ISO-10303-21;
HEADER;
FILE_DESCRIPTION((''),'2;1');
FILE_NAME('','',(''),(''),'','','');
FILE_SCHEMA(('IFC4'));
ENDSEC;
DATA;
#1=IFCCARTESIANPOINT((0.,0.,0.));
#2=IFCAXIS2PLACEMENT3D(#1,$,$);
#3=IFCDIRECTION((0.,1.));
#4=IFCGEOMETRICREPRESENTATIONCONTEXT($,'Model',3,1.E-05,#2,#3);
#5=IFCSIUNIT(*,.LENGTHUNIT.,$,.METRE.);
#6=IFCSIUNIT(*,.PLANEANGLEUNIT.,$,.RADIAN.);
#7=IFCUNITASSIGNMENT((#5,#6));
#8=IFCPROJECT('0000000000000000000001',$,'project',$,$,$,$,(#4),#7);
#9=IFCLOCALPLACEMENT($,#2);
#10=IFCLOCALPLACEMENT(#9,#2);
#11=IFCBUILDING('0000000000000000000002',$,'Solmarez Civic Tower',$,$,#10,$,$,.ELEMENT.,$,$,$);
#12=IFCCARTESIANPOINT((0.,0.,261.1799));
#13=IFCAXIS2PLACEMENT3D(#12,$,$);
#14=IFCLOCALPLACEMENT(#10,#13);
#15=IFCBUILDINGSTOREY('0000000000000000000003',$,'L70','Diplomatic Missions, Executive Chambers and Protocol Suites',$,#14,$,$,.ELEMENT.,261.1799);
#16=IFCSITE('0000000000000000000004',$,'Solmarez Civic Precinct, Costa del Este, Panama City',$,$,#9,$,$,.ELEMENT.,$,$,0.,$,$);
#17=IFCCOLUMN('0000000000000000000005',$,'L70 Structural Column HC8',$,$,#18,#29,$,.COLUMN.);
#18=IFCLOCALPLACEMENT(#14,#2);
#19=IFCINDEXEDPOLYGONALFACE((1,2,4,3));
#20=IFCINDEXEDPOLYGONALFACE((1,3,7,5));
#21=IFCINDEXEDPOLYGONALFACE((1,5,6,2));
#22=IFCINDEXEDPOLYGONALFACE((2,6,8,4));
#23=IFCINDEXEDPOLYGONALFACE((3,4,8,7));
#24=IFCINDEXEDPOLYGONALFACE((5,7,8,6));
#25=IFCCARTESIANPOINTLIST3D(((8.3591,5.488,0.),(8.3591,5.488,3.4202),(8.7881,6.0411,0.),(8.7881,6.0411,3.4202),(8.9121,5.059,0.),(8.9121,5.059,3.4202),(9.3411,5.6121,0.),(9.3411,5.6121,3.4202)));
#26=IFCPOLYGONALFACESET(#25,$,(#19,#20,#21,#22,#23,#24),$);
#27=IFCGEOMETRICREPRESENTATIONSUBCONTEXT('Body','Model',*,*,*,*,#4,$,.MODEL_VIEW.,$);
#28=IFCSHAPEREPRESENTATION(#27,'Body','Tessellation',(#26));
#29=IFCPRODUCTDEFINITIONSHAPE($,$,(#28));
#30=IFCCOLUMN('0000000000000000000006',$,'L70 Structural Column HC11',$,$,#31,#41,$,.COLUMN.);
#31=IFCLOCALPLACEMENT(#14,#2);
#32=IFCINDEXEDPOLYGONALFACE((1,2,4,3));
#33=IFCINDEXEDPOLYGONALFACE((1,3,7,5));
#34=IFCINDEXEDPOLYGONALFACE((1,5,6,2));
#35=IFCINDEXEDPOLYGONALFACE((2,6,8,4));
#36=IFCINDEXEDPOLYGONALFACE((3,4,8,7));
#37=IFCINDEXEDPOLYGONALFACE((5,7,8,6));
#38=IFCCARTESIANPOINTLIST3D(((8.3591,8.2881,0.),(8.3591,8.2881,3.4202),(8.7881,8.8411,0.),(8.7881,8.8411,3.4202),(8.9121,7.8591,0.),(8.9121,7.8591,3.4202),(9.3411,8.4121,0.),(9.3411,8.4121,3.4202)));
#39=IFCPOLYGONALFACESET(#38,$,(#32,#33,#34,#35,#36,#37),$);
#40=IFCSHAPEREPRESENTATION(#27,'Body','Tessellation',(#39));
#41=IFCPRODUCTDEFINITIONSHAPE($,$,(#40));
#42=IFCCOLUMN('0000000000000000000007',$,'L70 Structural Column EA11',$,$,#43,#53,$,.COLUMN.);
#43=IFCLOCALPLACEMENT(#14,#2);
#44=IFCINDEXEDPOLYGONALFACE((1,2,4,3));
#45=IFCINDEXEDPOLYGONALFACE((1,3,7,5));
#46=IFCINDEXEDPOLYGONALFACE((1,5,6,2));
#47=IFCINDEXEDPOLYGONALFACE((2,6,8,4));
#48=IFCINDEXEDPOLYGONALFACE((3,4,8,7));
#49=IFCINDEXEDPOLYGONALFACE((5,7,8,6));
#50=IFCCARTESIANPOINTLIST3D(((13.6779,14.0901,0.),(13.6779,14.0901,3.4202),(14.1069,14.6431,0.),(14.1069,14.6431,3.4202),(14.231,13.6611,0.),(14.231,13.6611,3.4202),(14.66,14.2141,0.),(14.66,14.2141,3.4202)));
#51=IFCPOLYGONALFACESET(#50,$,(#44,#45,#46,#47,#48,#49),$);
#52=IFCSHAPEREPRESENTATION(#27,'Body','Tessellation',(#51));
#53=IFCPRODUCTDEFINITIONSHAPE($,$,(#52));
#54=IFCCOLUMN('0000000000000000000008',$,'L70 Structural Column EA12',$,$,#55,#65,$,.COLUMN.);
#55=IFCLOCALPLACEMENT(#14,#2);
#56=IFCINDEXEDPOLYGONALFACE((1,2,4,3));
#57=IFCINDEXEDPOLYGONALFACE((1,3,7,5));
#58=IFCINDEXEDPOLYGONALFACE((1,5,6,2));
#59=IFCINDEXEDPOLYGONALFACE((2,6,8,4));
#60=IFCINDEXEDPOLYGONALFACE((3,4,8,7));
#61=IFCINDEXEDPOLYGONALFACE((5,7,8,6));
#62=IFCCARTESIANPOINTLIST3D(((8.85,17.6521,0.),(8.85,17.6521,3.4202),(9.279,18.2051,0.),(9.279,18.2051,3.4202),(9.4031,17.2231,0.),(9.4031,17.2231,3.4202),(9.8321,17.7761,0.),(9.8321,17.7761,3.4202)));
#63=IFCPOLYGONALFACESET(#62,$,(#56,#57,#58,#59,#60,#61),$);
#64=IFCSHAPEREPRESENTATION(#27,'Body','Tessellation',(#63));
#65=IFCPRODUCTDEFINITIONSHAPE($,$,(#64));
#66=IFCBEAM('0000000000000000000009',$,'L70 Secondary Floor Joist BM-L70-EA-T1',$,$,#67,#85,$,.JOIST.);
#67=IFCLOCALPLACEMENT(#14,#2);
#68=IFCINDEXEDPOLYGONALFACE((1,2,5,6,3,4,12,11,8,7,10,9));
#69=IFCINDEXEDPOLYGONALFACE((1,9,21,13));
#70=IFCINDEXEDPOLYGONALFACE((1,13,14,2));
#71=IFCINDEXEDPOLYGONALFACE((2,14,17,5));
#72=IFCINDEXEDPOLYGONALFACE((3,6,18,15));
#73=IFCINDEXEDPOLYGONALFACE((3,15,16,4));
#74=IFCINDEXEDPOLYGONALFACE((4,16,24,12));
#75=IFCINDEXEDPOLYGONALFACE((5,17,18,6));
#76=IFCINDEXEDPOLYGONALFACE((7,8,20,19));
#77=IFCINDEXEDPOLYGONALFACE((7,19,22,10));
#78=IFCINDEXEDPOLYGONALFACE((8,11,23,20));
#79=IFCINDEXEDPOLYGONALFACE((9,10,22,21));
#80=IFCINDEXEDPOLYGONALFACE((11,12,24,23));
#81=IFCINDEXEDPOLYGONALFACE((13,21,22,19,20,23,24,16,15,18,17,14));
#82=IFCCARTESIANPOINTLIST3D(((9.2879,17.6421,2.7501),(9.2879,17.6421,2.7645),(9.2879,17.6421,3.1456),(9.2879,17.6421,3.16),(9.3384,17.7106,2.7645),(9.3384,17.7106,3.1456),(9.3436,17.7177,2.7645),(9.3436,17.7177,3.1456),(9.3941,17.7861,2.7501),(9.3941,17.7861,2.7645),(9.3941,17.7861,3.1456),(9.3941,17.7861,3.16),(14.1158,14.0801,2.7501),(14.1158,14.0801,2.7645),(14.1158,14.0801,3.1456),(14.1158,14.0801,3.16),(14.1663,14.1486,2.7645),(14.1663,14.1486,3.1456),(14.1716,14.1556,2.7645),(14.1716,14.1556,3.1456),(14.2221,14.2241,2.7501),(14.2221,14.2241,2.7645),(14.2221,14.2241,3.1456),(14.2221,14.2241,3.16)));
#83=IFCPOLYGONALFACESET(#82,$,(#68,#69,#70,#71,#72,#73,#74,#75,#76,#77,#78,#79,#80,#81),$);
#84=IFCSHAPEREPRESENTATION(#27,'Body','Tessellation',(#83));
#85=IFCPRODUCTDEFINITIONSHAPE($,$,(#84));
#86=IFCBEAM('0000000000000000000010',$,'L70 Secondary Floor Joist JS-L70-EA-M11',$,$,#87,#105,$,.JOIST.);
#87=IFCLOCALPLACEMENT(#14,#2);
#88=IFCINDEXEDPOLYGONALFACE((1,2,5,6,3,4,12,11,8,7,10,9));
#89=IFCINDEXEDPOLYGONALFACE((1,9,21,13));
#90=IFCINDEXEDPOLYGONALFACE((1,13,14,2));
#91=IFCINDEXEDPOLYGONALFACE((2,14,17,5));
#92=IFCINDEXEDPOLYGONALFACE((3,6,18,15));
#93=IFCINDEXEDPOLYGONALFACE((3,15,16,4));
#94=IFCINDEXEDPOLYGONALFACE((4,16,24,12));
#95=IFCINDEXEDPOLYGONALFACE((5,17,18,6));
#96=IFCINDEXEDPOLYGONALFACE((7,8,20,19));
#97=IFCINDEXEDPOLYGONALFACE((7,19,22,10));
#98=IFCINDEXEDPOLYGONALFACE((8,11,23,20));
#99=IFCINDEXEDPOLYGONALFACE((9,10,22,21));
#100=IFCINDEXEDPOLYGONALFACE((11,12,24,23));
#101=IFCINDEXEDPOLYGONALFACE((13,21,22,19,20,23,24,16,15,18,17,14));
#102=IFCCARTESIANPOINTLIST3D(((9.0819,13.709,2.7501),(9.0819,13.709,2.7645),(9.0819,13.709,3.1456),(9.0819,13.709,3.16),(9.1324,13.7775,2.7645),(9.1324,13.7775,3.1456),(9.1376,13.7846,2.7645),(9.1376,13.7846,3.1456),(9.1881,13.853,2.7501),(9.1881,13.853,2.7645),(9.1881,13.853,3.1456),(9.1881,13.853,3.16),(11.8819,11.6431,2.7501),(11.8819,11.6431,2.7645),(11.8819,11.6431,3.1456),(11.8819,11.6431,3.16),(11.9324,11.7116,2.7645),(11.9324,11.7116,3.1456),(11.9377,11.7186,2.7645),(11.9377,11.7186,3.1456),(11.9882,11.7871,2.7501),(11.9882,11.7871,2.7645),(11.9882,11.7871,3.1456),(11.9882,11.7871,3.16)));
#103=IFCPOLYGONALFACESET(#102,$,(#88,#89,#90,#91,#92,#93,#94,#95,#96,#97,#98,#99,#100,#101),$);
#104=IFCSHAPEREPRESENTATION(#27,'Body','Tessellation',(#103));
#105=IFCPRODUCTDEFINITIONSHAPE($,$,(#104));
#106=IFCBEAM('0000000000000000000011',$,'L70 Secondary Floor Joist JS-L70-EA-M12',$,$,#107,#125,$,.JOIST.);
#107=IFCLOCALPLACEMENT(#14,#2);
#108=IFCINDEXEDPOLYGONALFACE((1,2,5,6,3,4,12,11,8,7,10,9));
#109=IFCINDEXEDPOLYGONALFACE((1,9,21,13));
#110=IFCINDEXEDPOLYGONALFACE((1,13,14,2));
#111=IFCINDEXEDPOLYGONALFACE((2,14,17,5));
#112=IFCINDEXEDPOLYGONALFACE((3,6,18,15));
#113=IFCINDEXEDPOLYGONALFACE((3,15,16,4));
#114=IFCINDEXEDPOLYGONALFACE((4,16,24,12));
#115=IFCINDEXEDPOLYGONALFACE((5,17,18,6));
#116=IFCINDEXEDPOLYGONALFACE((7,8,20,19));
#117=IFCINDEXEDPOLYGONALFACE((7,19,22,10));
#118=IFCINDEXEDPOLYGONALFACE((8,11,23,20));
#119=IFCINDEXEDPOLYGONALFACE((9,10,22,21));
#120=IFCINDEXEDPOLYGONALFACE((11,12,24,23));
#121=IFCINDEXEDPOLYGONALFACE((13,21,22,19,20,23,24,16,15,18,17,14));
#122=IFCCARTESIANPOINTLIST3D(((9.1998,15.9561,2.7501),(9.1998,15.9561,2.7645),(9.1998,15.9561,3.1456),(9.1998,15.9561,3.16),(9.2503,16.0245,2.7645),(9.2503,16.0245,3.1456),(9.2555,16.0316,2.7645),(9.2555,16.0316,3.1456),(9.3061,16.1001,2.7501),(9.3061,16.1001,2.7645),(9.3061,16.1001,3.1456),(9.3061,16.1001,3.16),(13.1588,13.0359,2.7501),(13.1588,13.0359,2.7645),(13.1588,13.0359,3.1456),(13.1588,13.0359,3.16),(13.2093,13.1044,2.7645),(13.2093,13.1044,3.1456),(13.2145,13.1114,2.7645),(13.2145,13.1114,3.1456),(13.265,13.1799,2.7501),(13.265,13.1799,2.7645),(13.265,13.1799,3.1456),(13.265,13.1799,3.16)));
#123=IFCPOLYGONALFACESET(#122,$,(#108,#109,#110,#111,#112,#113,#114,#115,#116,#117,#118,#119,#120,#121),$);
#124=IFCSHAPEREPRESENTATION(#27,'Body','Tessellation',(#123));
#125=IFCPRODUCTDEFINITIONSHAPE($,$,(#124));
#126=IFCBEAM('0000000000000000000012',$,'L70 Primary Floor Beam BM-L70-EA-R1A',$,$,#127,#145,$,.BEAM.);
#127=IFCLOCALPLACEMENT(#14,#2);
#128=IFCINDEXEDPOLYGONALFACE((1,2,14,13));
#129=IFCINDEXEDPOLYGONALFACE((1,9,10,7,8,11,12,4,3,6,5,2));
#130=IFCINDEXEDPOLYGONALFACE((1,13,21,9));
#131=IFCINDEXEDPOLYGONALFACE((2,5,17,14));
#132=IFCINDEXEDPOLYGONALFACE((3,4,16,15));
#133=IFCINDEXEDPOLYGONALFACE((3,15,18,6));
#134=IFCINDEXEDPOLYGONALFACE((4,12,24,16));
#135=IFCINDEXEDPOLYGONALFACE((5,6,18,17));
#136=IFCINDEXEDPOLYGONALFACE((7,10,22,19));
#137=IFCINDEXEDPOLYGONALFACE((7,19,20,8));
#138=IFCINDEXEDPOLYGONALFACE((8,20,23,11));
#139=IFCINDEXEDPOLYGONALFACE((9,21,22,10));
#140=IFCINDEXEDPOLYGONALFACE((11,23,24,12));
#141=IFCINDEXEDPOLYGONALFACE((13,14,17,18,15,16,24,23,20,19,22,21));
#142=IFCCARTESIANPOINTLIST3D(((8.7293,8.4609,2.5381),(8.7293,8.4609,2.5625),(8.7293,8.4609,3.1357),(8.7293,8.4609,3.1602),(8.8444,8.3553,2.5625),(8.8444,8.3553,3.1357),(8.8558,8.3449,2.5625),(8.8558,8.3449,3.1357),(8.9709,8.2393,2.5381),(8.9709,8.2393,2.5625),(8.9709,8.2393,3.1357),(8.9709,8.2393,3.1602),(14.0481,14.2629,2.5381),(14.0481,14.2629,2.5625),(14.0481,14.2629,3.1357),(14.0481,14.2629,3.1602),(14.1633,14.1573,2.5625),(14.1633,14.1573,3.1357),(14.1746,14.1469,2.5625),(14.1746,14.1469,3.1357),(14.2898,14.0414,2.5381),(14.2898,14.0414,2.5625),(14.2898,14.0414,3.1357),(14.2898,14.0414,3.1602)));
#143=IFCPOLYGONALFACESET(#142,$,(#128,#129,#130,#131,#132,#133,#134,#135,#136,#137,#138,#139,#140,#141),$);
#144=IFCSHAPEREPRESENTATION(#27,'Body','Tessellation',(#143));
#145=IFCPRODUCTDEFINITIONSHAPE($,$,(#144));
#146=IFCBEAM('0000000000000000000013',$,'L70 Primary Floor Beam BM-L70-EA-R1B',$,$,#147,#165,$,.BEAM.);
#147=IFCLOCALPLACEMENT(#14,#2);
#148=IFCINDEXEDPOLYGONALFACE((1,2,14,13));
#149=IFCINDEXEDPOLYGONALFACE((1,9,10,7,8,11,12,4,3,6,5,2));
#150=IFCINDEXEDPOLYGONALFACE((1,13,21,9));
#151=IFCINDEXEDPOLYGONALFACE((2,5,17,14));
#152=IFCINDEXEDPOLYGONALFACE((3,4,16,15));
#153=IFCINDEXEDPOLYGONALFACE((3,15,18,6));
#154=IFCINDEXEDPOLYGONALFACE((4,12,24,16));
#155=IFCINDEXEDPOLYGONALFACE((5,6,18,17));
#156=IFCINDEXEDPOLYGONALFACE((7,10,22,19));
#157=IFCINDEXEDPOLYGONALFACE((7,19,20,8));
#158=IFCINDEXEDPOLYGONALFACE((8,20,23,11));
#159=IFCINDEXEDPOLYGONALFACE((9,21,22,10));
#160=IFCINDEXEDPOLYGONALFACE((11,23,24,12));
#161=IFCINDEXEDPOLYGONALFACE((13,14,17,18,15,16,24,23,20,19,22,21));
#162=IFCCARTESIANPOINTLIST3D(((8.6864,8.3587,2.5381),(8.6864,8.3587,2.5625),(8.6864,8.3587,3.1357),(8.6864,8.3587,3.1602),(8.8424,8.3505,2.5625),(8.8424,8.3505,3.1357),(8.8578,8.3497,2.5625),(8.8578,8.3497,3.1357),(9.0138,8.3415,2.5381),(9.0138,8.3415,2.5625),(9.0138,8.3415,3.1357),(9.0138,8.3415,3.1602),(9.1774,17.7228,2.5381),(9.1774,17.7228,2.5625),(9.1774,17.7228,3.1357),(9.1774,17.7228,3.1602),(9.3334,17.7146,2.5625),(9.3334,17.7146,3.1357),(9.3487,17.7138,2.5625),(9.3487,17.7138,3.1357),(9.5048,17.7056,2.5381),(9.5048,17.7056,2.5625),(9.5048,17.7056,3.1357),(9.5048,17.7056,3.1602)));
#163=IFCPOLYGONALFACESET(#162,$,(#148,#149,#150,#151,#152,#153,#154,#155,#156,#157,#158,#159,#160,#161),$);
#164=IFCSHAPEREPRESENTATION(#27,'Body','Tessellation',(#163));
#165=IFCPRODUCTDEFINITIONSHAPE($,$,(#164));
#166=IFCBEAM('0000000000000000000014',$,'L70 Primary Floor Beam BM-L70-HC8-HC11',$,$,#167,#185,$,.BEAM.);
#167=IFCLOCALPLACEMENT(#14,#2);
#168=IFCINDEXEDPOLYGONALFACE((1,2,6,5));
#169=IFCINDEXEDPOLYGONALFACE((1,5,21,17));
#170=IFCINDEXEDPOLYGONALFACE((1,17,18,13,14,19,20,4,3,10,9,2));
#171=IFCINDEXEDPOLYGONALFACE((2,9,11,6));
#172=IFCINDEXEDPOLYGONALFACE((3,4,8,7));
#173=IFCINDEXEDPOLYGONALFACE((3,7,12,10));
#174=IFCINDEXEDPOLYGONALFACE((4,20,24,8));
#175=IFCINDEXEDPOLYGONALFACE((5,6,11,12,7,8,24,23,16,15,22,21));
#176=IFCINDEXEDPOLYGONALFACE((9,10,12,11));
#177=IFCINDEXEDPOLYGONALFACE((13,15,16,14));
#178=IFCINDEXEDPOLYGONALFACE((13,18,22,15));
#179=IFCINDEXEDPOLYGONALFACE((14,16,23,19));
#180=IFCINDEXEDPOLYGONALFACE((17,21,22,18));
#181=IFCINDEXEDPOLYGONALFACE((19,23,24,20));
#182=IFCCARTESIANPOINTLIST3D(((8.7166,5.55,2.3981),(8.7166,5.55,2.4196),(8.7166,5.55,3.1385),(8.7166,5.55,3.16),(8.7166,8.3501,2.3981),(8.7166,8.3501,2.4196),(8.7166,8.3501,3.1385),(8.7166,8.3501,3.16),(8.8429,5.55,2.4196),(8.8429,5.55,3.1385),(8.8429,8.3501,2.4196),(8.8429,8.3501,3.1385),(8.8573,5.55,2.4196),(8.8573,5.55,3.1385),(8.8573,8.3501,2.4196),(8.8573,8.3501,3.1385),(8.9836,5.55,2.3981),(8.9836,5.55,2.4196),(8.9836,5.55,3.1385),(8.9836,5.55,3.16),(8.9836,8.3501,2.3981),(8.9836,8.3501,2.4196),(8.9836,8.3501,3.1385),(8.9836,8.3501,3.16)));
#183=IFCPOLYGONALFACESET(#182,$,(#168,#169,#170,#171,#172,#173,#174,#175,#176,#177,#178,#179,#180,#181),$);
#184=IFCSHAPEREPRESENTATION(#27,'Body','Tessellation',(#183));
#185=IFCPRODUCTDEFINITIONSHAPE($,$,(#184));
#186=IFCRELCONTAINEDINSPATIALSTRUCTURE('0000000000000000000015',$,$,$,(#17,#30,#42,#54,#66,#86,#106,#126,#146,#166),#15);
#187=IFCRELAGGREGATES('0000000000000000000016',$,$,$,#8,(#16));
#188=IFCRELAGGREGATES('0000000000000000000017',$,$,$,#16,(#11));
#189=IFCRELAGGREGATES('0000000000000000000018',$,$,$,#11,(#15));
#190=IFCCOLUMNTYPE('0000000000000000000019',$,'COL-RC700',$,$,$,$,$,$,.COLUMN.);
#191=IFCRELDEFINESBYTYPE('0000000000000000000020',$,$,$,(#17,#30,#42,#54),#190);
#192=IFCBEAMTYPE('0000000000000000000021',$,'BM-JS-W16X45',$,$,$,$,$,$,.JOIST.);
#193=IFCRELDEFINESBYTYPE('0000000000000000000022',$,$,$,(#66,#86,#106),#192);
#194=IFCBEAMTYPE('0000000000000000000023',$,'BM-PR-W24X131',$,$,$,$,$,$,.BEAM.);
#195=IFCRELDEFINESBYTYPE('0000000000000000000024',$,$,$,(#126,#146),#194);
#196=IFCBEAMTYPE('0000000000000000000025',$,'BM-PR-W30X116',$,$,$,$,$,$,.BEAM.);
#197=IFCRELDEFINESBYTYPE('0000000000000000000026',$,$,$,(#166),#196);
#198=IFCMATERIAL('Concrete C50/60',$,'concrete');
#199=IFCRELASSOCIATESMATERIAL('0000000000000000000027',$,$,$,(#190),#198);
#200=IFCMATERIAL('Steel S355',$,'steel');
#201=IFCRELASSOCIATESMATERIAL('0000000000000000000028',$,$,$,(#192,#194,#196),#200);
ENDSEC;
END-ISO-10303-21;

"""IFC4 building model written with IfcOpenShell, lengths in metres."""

from ifc_helpers import new_model, si_unit, direction, frame, origin, origin_2d, place, context, subcontext, project, spatial, rectangle, i_section, extrude, material, material_profile, profile_set, type_object, element, save


model = new_model("IFC4")

# Units and contexts
model_context = context("Model", 3, precision=1e-05, world=origin(), true_north=direction((0.0, 1.0)))
body_context = subcontext(model_context, "Body", "Model", "MODEL_VIEW")
ifc_project = project(units=[si_unit("LENGTHUNIT", "METRE"), si_unit("PLANEANGLEUNIT", "RADIAN")], contexts=[model_context])

# Site, building, storey
site_placement = place(None, origin())
site = spatial("IfcSite", under=ifc_project, at=site_placement, Name="Solmarez Civic Precinct, Costa del Este, Panama City", CompositionType="ELEMENT", RefElevation=0.0)
building_placement = place(site_placement, origin())
building = spatial("IfcBuilding", under=site, at=building_placement, Name="Solmarez Civic Tower", CompositionType="ELEMENT")
storey_placement = place(building_placement, frame((0.0, 0.0, 261.1799)))
storey = spatial("IfcBuildingStorey", under=building, at=storey_placement, Name="L70", Description="Diplomatic Missions, Executive Chambers and Protocol Suites", CompositionType="ELEMENT", Elevation=261.1799)

# Columns
ifc_material_1 = material(Name="Concrete C50/60", Category="concrete")
ifc_material_profile_1 = material_profile(ifc_material_1, rectangle(XDim=0.7, YDim=0.7, at=origin_2d()), Name="RC700X700")
ifc_profile_set_1 = profile_set([ifc_material_profile_1], Name="Concrete C50/60")
column_type = type_object("IfcColumnType", Name="COL-RC700", PredefinedType="COLUMN", material=ifc_profile_set_1)
for number, where, z_axis, x_axis, name in (
    (1, (8.8501, 5.55, 0.0), (0.0, 0.0, 1.0), (0.612907, 0.790155, 0.0), "L70 Structural Column HC8"),
    (2, (8.8501, 8.3501, 0.0), (0.0, 0.0, 1.0), (0.612907, 0.790155, 0.0), "L70 Structural Column HC11"),
    (3, (14.1689, 14.1521, 0.0), (0.0, 0.0, 1.0), (0.612907, 0.790155, 0.0), "L70 Structural Column EA11"),
    (4, (9.3411, 17.7141, 0.0), (0.0, 0.0, 1.0), (0.612907, 0.790155, 0.0), "L70 Structural Column EA12"),
):
    element("IfcColumn", number, at=place(storey_placement, frame(where, z_axis=z_axis, x_axis=x_axis)), inside=storey, type_object=column_type, Name=name, PredefinedType="COLUMN", context=body_context, shape_type="SweptSolid", body=[
        extrude(rectangle(XDim=0.7, YDim=0.7, at=origin_2d()), origin(), (0.0, 0.0, 1.0), 3.4202),
    ])

# Beams
ifc_material_2 = material(Name="Steel S355", Category="steel")
ifc_material_profile_2 = material_profile(ifc_material_2, i_section(OverallWidth=0.179, OverallDepth=0.4099, WebThickness=0.0088, FlangeThickness=0.0144, at=origin_2d()), Name="W16X45")
ifc_profile_set_2 = profile_set([ifc_material_profile_2], Name="Steel S355")
beam_type_1 = type_object("IfcBeamType", Name="BM-JS-W16X45", PredefinedType="JOIST", material=ifc_profile_set_2)
beam_1_placement = place(storey_placement, frame((14.1689, 14.1521, 2.9551), z_axis=(-0.804687, 0.593699, 0.0), x_axis=(-0.593699, -0.804687, 0.0)))
element("IfcBeam", 5, at=beam_1_placement, inside=storey, type_object=beam_type_1, Name="L70 Secondary Floor Joist BM-L70-EA-T1", PredefinedType="JOIST", context=body_context, shape_type="SweptSolid", body=[
    extrude(i_section(OverallWidth=0.179, OverallDepth=0.4099, WebThickness=0.0088, FlangeThickness=0.0144, at=origin_2d()), origin(), (0.0, 0.0, 1.0), 5.9998),
])
beam_2_placement = place(storey_placement, frame((11.9351, 11.7151, 2.9551), z_axis=(-0.804682, 0.593706, 0.0), x_axis=(-0.593706, -0.804682, 0.0)))
element("IfcBeam", 6, at=beam_2_placement, inside=storey, type_object=beam_type_1, Name="L70 Secondary Floor Joist JS-L70-EA-M11", PredefinedType="JOIST", context=body_context, shape_type="SweptSolid", body=[
    extrude(i_section(OverallWidth=0.179, OverallDepth=0.4099, WebThickness=0.0088, FlangeThickness=0.0144, at=origin_2d()), origin(), (0.0, 0.0, 1.0), 3.4797),
])
beam_3_placement = place(storey_placement, frame((13.2119, 13.1079, 2.9551), z_axis=(-0.804763, 0.593597, 0.0), x_axis=(-0.593597, -0.804763, 0.0)))
element("IfcBeam", 7, at=beam_3_placement, inside=storey, type_object=beam_type_1, Name="L70 Secondary Floor Joist JS-L70-EA-M12", PredefinedType="JOIST", context=body_context, shape_type="SweptSolid", body=[
    extrude(i_section(OverallWidth=0.179, OverallDepth=0.4099, WebThickness=0.0088, FlangeThickness=0.0144, at=origin_2d()), origin(), (0.0, 0.0, 1.0), 4.9194),
])
ifc_material_profile_3 = material_profile(ifc_material_2, i_section(OverallWidth=0.3279, OverallDepth=0.6221, WebThickness=0.0154, FlangeThickness=0.0244, at=origin_2d()), Name="W24X131")
ifc_profile_set_3 = profile_set([ifc_material_profile_3], Name="Steel S355")
beam_type_2 = type_object("IfcBeamType", Name="BM-PR-W24X131", PredefinedType="BEAM", material=ifc_profile_set_3)
beam_4_placement = place(storey_placement, frame((8.8501, 8.3501, 2.8491), z_axis=(0.675749, 0.737132, 0.0), x_axis=(-0.737132, 0.675749, 0.0)))
element("IfcBeam", 8, at=beam_4_placement, inside=storey, type_object=beam_type_2, Name="L70 Primary Floor Beam BM-L70-EA-R1A", PredefinedType="BEAM", context=body_context, shape_type="SweptSolid", body=[
    extrude(i_section(OverallWidth=0.3279, OverallDepth=0.6221, WebThickness=0.0154, FlangeThickness=0.0244, at=origin_2d()), origin(), (0.0, 0.0, 1.0), 7.8711),
])
beam_5_placement = place(storey_placement, frame((8.8501, 8.3501, 2.8491), z_axis=(0.052359, 0.998628, 0.0), x_axis=(-0.998628, 0.052359, 0.0)))
element("IfcBeam", 9, at=beam_5_placement, inside=storey, type_object=beam_type_2, Name="L70 Primary Floor Beam BM-L70-EA-R1B", PredefinedType="BEAM", context=body_context, shape_type="SweptSolid", body=[
    extrude(i_section(OverallWidth=0.3279, OverallDepth=0.6221, WebThickness=0.0154, FlangeThickness=0.0244, at=origin_2d()), origin(), (0.0, 0.0, 1.0), 9.377),
])
ifc_material_profile_4 = material_profile(ifc_material_2, i_section(OverallWidth=0.2671, OverallDepth=0.762, WebThickness=0.0144, FlangeThickness=0.0215, at=origin_2d()), Name="W30X116")
ifc_profile_set_4 = profile_set([ifc_material_profile_4], Name="Steel S355")
beam_type_3 = type_object("IfcBeamType", Name="BM-PR-W30X116", PredefinedType="BEAM", material=ifc_profile_set_4)
beam_6_placement = place(storey_placement, frame((8.8501, 5.55, 2.7791), z_axis=(0.0, 1.0, 0.0), x_axis=(-1.0, 0.0, 0.0)))
element("IfcBeam", 10, at=beam_6_placement, inside=storey, type_object=beam_type_3, Name="L70 Primary Floor Beam BM-L70-HC8-HC11", PredefinedType="BEAM", context=body_context, shape_type="SweptSolid", body=[
    extrude(i_section(OverallWidth=0.2671, OverallDepth=0.762, WebThickness=0.0144, FlangeThickness=0.0215, at=origin_2d()), origin(), (0.0, 0.0, 1.0), 2.8),
])

save(model, "model.ifc")
